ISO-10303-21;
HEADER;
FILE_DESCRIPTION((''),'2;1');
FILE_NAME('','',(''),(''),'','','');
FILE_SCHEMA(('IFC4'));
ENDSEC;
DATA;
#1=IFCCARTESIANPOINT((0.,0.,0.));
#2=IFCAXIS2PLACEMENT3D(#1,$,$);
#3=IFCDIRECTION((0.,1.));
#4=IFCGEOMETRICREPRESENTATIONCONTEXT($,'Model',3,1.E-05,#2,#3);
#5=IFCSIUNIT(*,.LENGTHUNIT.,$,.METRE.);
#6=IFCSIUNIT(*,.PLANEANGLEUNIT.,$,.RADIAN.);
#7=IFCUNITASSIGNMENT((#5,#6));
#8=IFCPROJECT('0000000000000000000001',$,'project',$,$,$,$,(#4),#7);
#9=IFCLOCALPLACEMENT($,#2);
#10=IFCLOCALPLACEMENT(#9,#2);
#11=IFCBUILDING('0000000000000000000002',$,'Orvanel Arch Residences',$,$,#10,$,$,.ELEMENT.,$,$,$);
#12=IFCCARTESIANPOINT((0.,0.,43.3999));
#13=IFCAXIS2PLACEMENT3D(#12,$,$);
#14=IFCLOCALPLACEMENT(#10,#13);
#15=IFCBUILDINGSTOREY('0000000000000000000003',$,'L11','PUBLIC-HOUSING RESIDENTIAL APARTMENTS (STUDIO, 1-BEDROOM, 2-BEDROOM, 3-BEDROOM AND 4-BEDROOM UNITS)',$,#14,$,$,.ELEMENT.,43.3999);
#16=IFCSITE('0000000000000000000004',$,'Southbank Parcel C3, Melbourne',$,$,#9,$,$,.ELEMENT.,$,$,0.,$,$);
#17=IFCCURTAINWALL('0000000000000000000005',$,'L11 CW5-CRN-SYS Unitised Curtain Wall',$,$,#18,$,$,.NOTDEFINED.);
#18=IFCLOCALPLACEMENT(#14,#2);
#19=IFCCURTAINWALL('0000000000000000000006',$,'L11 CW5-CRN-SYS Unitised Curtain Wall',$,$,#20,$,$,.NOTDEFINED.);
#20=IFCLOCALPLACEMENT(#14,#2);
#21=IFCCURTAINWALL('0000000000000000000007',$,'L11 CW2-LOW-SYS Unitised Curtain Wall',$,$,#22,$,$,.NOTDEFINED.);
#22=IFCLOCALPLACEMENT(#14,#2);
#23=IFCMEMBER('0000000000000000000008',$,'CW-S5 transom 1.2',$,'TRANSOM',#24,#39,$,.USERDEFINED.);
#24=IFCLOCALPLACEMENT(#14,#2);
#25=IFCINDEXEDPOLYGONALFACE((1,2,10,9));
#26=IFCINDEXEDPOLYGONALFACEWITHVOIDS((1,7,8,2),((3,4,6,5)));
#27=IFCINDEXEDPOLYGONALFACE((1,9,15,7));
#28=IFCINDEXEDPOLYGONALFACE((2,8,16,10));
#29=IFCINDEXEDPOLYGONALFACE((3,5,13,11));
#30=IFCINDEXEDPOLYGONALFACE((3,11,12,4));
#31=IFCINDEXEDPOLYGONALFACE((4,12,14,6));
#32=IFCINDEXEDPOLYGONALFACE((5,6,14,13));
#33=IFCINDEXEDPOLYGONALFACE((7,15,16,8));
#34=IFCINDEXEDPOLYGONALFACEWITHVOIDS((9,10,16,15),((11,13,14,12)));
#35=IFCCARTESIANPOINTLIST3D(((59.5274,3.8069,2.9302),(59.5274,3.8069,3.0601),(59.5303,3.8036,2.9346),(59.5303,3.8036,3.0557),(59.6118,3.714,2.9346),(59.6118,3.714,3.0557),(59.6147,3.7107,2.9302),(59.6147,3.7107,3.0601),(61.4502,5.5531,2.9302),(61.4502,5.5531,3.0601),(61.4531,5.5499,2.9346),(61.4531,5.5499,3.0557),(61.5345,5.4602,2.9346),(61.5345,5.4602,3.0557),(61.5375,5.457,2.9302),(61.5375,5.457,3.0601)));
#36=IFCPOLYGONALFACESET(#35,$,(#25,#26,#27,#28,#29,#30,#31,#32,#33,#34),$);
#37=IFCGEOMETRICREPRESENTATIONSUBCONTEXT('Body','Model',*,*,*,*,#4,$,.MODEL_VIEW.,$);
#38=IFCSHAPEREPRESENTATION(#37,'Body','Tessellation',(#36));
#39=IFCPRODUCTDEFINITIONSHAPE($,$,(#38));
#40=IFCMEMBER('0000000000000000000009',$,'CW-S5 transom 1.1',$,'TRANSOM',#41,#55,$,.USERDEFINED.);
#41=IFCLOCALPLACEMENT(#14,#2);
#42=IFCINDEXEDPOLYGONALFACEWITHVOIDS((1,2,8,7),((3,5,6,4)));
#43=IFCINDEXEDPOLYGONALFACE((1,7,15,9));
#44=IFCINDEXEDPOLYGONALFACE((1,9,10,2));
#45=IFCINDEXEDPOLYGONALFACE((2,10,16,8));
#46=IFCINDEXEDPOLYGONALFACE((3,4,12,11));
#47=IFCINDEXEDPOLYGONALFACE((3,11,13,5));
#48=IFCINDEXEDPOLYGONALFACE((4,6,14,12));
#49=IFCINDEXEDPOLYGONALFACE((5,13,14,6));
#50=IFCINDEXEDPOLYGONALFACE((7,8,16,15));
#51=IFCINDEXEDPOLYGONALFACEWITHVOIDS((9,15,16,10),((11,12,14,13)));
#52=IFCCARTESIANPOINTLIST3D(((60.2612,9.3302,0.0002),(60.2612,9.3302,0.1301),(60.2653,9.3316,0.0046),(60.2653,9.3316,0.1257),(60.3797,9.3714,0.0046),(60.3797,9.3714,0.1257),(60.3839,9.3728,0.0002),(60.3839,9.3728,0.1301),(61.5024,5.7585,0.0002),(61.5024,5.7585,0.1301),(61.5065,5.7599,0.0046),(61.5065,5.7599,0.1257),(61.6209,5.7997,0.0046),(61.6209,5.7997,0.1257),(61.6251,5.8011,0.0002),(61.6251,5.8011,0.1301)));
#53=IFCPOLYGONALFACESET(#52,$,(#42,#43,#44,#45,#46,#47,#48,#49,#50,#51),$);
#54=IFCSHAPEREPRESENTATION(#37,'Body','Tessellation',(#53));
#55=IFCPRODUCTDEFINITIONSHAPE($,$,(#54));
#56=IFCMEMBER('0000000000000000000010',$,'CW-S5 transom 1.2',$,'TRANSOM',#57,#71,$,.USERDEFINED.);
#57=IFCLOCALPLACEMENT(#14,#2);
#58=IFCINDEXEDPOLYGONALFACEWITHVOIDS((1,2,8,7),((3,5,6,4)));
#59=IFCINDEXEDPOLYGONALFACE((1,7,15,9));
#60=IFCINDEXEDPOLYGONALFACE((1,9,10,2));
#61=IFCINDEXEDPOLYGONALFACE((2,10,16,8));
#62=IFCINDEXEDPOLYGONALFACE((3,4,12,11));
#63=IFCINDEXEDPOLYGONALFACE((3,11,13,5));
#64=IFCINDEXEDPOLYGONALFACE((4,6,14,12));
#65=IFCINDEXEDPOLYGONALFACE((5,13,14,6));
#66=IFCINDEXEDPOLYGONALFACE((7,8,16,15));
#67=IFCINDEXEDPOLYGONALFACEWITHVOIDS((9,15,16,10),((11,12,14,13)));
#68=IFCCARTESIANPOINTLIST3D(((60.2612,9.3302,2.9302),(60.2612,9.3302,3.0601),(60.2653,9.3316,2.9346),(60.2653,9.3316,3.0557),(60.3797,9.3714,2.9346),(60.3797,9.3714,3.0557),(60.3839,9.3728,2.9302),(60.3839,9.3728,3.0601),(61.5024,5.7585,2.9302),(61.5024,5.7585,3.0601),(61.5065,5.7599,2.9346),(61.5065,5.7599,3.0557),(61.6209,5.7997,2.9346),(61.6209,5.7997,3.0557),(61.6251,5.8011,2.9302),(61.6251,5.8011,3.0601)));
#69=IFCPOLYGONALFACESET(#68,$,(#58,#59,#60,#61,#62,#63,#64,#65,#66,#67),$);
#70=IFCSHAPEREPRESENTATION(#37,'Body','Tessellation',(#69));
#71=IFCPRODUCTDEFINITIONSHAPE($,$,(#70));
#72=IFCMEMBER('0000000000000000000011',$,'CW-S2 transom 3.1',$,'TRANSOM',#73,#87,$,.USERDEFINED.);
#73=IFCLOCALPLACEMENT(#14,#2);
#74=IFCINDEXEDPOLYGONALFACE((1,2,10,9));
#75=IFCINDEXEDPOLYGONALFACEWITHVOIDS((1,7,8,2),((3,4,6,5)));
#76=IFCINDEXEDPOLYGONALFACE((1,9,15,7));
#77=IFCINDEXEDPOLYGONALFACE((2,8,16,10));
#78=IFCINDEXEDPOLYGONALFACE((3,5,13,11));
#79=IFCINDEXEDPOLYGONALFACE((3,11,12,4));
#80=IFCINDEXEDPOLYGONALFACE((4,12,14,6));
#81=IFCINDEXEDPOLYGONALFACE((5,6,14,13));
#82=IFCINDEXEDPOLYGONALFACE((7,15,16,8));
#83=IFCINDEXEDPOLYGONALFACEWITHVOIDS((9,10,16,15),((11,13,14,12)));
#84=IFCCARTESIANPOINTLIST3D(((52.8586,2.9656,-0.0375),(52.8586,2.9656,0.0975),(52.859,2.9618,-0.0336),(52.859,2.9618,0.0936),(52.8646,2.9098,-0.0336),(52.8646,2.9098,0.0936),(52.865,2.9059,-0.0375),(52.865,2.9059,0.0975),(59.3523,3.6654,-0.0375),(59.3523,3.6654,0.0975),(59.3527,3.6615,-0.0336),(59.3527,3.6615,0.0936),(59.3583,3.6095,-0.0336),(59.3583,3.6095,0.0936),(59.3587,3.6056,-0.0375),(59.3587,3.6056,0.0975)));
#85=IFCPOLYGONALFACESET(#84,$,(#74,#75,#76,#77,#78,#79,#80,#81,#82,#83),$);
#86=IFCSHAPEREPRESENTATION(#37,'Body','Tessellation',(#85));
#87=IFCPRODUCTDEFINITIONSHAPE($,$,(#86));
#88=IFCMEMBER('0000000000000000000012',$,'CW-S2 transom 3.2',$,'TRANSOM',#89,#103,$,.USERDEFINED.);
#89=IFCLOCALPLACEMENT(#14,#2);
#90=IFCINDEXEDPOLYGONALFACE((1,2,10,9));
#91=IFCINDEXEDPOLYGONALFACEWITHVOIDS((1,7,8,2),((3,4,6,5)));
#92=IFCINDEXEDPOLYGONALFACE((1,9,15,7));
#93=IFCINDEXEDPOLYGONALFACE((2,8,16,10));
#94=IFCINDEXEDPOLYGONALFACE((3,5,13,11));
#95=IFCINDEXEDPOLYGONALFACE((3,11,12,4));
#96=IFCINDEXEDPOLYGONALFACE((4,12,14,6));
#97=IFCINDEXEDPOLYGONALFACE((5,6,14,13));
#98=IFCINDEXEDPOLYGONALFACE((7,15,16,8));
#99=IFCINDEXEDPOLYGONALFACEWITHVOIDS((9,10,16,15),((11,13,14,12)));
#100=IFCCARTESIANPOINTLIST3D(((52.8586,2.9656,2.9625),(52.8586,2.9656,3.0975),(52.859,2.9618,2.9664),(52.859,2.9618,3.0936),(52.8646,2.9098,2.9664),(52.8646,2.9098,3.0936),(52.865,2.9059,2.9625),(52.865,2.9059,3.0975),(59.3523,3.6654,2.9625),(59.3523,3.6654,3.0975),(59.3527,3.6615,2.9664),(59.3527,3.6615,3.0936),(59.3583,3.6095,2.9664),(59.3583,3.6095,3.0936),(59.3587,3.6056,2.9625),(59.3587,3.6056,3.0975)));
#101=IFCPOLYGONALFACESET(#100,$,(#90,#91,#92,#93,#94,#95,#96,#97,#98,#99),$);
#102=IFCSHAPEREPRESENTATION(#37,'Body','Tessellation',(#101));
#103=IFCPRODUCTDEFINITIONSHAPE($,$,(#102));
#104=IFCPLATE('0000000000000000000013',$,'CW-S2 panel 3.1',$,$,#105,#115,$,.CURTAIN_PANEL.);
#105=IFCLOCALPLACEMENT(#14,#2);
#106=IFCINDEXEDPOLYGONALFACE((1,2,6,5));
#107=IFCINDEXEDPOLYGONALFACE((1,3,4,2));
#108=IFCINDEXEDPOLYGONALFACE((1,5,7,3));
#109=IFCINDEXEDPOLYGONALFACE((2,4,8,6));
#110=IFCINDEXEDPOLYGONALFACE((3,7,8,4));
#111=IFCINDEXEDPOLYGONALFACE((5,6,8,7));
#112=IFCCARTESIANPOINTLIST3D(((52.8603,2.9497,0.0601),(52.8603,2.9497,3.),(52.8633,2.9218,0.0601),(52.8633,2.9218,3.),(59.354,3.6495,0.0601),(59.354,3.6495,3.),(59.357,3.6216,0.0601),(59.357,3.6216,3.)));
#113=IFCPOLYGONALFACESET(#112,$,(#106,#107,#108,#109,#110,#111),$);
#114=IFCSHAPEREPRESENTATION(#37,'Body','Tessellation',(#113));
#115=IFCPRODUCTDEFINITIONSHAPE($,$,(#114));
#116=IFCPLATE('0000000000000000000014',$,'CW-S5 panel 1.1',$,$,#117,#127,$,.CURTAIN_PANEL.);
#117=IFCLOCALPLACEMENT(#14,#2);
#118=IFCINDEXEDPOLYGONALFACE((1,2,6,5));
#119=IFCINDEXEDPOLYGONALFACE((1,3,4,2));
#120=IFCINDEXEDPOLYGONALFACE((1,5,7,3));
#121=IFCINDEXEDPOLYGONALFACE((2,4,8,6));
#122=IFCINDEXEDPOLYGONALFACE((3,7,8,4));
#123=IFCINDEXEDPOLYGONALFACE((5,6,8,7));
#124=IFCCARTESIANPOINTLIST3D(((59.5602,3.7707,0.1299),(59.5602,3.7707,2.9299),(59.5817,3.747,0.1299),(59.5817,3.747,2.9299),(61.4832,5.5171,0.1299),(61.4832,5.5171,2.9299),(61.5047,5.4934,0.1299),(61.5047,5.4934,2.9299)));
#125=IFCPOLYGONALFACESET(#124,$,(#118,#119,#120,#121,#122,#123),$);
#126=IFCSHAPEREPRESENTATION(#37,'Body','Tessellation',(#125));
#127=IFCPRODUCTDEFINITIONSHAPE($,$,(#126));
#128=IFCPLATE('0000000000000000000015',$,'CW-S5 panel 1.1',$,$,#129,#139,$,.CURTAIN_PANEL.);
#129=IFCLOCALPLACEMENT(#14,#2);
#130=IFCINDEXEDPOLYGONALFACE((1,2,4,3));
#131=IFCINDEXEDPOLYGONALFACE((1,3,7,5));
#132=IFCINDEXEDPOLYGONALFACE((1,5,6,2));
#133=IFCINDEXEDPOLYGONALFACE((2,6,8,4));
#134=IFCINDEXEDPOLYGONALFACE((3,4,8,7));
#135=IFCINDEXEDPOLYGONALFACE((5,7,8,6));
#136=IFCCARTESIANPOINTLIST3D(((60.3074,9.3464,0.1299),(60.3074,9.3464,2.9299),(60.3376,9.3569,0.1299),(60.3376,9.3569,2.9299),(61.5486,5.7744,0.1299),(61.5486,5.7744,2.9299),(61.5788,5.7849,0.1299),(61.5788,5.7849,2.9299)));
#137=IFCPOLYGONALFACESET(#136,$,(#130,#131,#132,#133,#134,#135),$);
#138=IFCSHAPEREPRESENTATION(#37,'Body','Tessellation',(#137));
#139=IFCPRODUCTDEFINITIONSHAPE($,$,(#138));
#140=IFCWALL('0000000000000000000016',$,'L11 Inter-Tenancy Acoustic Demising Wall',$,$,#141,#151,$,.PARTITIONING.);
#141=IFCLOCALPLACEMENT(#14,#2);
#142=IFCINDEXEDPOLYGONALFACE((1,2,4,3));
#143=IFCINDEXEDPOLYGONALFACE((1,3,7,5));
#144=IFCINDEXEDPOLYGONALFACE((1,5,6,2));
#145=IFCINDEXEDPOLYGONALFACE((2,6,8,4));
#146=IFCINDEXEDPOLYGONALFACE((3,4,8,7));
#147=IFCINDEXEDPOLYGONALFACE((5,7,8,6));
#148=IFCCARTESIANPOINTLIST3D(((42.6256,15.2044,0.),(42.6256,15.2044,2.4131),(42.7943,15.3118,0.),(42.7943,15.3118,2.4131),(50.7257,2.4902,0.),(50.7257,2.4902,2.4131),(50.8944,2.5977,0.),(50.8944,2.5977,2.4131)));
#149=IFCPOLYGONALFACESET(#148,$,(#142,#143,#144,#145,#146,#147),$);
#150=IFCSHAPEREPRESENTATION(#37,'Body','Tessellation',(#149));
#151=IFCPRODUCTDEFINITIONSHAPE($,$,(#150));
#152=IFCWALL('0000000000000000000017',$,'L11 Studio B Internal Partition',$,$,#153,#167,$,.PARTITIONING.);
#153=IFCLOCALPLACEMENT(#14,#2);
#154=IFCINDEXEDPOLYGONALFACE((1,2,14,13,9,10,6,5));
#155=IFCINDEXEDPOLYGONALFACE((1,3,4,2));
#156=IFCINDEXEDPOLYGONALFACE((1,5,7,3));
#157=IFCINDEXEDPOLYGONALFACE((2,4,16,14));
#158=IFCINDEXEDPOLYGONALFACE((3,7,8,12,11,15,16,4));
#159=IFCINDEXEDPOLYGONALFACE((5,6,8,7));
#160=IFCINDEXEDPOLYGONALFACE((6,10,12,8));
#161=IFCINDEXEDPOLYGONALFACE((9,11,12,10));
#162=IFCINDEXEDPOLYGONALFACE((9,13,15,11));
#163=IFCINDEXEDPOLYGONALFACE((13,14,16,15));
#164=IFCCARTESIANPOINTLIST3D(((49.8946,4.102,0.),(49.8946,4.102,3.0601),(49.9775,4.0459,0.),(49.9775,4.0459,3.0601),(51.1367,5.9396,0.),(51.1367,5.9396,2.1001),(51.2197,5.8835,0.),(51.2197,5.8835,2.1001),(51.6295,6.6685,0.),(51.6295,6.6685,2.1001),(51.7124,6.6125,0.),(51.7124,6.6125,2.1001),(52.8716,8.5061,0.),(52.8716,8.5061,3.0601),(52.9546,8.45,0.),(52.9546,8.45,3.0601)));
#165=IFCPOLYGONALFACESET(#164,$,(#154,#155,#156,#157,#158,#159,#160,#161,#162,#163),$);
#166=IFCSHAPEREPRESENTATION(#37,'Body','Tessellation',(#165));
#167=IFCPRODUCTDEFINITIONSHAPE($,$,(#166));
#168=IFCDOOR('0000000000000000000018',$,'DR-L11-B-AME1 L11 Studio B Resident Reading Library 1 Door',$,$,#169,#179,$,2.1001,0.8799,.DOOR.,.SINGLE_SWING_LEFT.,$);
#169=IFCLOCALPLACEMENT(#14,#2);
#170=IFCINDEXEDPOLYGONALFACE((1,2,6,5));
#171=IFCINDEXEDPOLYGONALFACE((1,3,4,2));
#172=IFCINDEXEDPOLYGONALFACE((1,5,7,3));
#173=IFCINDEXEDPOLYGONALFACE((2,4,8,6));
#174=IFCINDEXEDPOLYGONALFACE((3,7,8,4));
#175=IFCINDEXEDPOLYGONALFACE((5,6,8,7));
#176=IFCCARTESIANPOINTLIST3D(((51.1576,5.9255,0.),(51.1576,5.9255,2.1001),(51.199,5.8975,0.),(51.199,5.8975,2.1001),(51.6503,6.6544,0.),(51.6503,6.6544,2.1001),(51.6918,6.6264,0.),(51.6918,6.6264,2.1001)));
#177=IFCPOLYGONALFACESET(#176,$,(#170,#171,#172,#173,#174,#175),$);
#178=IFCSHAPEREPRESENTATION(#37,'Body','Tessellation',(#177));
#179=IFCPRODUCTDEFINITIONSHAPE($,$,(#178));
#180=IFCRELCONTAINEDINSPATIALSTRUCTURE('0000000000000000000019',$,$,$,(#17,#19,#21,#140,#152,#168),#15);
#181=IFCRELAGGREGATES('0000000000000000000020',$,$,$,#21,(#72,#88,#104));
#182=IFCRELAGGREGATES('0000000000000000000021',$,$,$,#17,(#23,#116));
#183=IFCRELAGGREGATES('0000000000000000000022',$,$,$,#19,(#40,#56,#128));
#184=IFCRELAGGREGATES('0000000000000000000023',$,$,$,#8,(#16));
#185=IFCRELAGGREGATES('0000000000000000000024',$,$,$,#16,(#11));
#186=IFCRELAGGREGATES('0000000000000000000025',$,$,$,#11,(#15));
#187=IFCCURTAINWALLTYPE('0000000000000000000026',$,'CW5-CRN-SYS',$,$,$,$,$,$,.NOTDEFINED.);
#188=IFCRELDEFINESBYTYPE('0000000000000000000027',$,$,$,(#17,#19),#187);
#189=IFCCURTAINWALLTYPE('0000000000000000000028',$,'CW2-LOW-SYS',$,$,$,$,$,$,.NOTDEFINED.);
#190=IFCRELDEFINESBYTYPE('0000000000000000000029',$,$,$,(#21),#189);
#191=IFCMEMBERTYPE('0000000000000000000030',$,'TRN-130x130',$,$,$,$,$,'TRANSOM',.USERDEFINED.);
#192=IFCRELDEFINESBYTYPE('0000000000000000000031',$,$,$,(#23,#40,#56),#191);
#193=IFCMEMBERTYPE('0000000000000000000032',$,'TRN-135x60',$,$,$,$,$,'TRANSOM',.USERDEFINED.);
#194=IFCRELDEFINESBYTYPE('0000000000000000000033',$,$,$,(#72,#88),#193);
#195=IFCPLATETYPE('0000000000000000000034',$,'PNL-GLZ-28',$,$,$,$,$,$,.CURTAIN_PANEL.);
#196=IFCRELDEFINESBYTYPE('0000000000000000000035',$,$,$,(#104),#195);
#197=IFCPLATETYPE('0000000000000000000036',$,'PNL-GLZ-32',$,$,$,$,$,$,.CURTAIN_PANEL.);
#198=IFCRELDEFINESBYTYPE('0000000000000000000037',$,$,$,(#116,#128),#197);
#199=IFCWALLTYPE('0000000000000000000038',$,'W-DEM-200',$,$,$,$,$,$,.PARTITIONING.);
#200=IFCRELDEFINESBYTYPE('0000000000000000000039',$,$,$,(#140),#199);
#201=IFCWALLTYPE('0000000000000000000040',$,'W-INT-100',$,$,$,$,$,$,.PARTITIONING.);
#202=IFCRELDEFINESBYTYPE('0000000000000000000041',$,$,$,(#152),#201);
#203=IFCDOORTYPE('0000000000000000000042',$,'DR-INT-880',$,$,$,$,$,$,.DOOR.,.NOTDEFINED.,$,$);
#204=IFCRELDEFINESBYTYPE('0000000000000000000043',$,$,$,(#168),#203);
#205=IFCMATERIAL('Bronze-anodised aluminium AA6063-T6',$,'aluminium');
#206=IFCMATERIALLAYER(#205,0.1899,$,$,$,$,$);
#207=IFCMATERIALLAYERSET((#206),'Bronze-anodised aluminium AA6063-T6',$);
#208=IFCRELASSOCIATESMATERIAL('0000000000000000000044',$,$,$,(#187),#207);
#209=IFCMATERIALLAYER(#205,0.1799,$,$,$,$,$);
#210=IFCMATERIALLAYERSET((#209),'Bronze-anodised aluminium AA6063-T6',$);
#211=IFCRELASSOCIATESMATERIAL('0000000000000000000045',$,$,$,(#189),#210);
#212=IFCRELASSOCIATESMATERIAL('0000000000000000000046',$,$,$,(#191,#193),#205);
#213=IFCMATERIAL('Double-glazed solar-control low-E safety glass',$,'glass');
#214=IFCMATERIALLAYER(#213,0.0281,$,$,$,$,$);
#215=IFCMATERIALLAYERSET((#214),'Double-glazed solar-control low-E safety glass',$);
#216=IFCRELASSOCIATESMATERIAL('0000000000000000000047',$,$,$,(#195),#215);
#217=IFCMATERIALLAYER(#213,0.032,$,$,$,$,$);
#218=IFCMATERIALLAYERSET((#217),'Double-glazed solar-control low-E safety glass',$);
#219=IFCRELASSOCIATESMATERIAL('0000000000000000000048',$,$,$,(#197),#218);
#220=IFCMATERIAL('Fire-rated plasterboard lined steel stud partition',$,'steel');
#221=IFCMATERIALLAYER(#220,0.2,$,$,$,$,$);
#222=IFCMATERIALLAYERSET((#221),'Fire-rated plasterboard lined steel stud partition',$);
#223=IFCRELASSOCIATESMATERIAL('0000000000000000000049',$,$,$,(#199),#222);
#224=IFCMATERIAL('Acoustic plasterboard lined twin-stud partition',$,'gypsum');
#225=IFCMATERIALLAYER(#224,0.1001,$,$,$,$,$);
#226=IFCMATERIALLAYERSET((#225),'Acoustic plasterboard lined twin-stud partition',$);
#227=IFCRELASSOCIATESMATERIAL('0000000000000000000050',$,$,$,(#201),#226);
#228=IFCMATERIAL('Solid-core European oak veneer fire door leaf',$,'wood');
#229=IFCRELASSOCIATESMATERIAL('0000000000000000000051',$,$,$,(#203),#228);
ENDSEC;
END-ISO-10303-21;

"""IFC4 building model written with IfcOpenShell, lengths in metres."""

from ifc_helpers import new_model, si_unit, direction, frame, frame_2d, origin, origin_2d, place, context, subcontext, project, spatial, rectangle, hollow_rectangle, extrude, material, layer, layer_set, material_profile, profile_set, type_object, element, fill, aggregate, save


model = new_model("IFC4")

# Units and contexts
model_context = context("Model", 3, precision=1e-05, world=origin(), true_north=direction((0.0, 1.0)))
body_context = subcontext(model_context, "Body", "Model", "MODEL_VIEW")
ifc_project = project(units=[si_unit("LENGTHUNIT", "METRE"), si_unit("PLANEANGLEUNIT", "RADIAN")], contexts=[model_context])

# Site, building, storey
site_placement = place(None, origin())
site = spatial("IfcSite", under=ifc_project, at=site_placement, Name="Southbank Parcel C3, Melbourne", CompositionType="ELEMENT", RefElevation=0.0)
building_placement = place(site_placement, origin())
building = spatial("IfcBuilding", under=site, at=building_placement, Name="Orvanel Arch Residences", CompositionType="ELEMENT")
storey_placement = place(building_placement, frame((0.0, 0.0, 43.3999)))
storey = spatial("IfcBuildingStorey", under=building, at=storey_placement, Name="L11", Description="PUBLIC-HOUSING RESIDENTIAL APARTMENTS (STUDIO, 1-BEDROOM, 2-BEDROOM, 3-BEDROOM AND 4-BEDROOM UNITS)", CompositionType="ELEMENT", Elevation=43.3999)

# Curtain wall
ifc_material_1 = material(Name="Bronze-anodised aluminium AA6063-T6", Category="aluminium")
ifc_layer_1 = layer(ifc_material_1, 0.1899)
ifc_layer_set_1 = layer_set([ifc_layer_1], Name="Bronze-anodised aluminium AA6063-T6")
curtain_wall_type_1 = type_object("IfcCurtainWallType", Name="CW5-CRN-SYS", PredefinedType="NOTDEFINED", material=ifc_layer_set_1)
curtain_wall_1_placement = place(storey_placement, origin())
curtain_wall_1 = element("IfcCurtainWall", 1, at=curtain_wall_1_placement, inside=storey, type_object=curtain_wall_type_1, Name="L11 CW5-CRN-SYS Unitised Curtain Wall", PredefinedType="NOTDEFINED")

# Curtain wall
curtain_wall_2_placement = place(storey_placement, origin())
curtain_wall_2 = element("IfcCurtainWall", 2, at=curtain_wall_2_placement, inside=storey, type_object=curtain_wall_type_1, Name="L11 CW5-CRN-SYS Unitised Curtain Wall", PredefinedType="NOTDEFINED")

# Curtain wall
ifc_layer_2 = layer(ifc_material_1, 0.1799)
ifc_layer_set_2 = layer_set([ifc_layer_2], Name="Bronze-anodised aluminium AA6063-T6")
curtain_wall_type_2 = type_object("IfcCurtainWallType", Name="CW2-LOW-SYS", PredefinedType="NOTDEFINED", material=ifc_layer_set_2)
curtain_wall_3_placement = place(storey_placement, origin())
curtain_wall_3 = element("IfcCurtainWall", 3, at=curtain_wall_3_placement, inside=storey, type_object=curtain_wall_type_2, Name="L11 CW2-LOW-SYS Unitised Curtain Wall", PredefinedType="NOTDEFINED")

# Members
ifc_material_profile_1 = material_profile(ifc_material_1, hollow_rectangle(XDim=0.1299, YDim=0.1299, WallThickness=0.0044, at=origin_2d()), Name="ALU130x130x4.5")
ifc_profile_set_1 = profile_set([ifc_material_profile_1], Name="Bronze-anodised aluminium AA6063-T6")
member_type_1 = type_object("IfcMemberType", Name="TRN-130x130", ElementType="TRANSOM", PredefinedType="USERDEFINED", material=ifc_profile_set_1)
member_1_placement = place(storey_placement, frame((59.571, 3.7588, 2.9951), z_axis=(0.740267, 0.672312, 0.0), x_axis=(-0.672312, 0.740267, 0.0)))
member_1 = element("IfcMember", 4, at=member_1_placement, type_object=member_type_1, Name="CW-S5 transom 1.2", ObjectType="TRANSOM", PredefinedType="USERDEFINED", context=body_context, shape_type="SweptSolid", body=[
    extrude(hollow_rectangle(XDim=0.1299, YDim=0.1299, WallThickness=0.0044, at=origin_2d()), origin(), (0.0, 0.0, 1.0), 2.5974),
])
member_2_placement = place(storey_placement, frame((61.5637, 5.7798, 0.0652), z_axis=(-0.32825, 0.944591, 0.0), x_axis=(-0.944591, -0.32825, 0.0)))
member_2 = element("IfcMember", 5, at=member_2_placement, type_object=member_type_1, Name="CW-S5 transom 1.1", ObjectType="TRANSOM", PredefinedType="USERDEFINED", context=body_context, shape_type="SweptSolid", body=[
    extrude(hollow_rectangle(XDim=0.1299, YDim=0.1299, WallThickness=0.0044, at=origin_2d()), origin(), (0.0, 0.0, 1.0), 3.7812),
])
member_3_placement = place(storey_placement, frame((61.5637, 5.7798, 2.9951), z_axis=(-0.32825, 0.944591, 0.0), x_axis=(-0.944591, -0.32825, 0.0)))
member_3 = element("IfcMember", 6, at=member_3_placement, type_object=member_type_1, Name="CW-S5 transom 1.2", ObjectType="TRANSOM", PredefinedType="USERDEFINED", context=body_context, shape_type="SweptSolid", body=[
    extrude(hollow_rectangle(XDim=0.1299, YDim=0.1299, WallThickness=0.0044, at=origin_2d()), origin(), (0.0, 0.0, 1.0), 3.7812),
])
ifc_material_profile_2 = material_profile(ifc_material_1, hollow_rectangle(XDim=0.0601, YDim=0.135, WallThickness=0.0039, at=origin_2d()), Name="ALU135x60x4")
ifc_profile_set_2 = profile_set([ifc_material_profile_2], Name="Bronze-anodised aluminium AA6063-T6")
member_type_2 = type_object("IfcMemberType", Name="TRN-135x60", ElementType="TRANSOM", PredefinedType="USERDEFINED", material=ifc_profile_set_2)
member_4_placement = place(storey_placement, frame((52.8618, 2.9358, 0.03), z_axis=(0.994245, 0.107132, 0.0), x_axis=(-0.107132, 0.994245, 0.0)))
member_4 = element("IfcMember", 7, at=member_4_placement, type_object=member_type_2, Name="CW-S2 transom 3.1", ObjectType="TRANSOM", PredefinedType="USERDEFINED", context=body_context, shape_type="SweptSolid", body=[
    extrude(hollow_rectangle(XDim=0.0601, YDim=0.135, WallThickness=0.0039, at=origin_2d()), origin(), (0.0, 0.0, 1.0), 6.5312),
])
member_5_placement = place(storey_placement, frame((52.8618, 2.9358, 3.03), z_axis=(0.994245, 0.107132, 0.0), x_axis=(-0.107132, 0.994245, 0.0)))
member_5 = element("IfcMember", 8, at=member_5_placement, type_object=member_type_2, Name="CW-S2 transom 3.2", ObjectType="TRANSOM", PredefinedType="USERDEFINED", context=body_context, shape_type="SweptSolid", body=[
    extrude(hollow_rectangle(XDim=0.0601, YDim=0.135, WallThickness=0.0039, at=origin_2d()), origin(), (0.0, 0.0, 1.0), 6.5312),
])

# Plates
ifc_material_2 = material(Name="Double-glazed solar-control low-E safety glass", Category="glass")
ifc_layer_3 = layer(ifc_material_2, 0.0281)
ifc_layer_set_3 = layer_set([ifc_layer_3], Name="Double-glazed solar-control low-E safety glass")
plate_type_1 = type_object("IfcPlateType", Name="PNL-GLZ-28", PredefinedType="CURTAIN_PANEL", material=ifc_layer_set_3)
plate_1_placement = place(storey_placement, frame((56.1086, 3.2856, 0.0601), z_axis=(0.0, 0.0, 1.0), x_axis=(0.994244, 0.10714, 0.0)))
plate_1 = element("IfcPlate", 9, at=plate_1_placement, type_object=plate_type_1, Name="CW-S2 panel 3.1", PredefinedType="CURTAIN_PANEL", context=body_context, shape_type="SweptSolid", body=[
    extrude(rectangle(XDim=6.5312, YDim=0.0281, at=origin_2d()), origin(), (0.0, 0.0, 1.0), 2.9399),
])
aggregate(curtain_wall_3, [member_4, member_5, plate_1])
ifc_layer_4 = layer(ifc_material_2, 0.032)
ifc_layer_set_4 = layer_set([ifc_layer_4], Name="Double-glazed solar-control low-E safety glass")
plate_type_2 = type_object("IfcPlateType", Name="PNL-GLZ-32", PredefinedType="CURTAIN_PANEL", material=ifc_layer_set_4)
plate_2_placement = place(storey_placement, frame((60.5325, 4.6321, 0.1299), z_axis=(0.0, 0.0, 1.0), x_axis=(0.740284, 0.672295, 0.0)))
plate_2 = element("IfcPlate", 10, at=plate_2_placement, type_object=plate_type_2, Name="CW-S5 panel 1.1", PredefinedType="CURTAIN_PANEL", context=body_context, shape_type="SweptSolid", body=[
    extrude(rectangle(XDim=2.5977, YDim=0.032, at=origin_2d()), origin(), (0.0, 0.0, 1.0), 2.8),
])
aggregate(curtain_wall_1, [member_1, plate_2])
plate_3_placement = place(storey_placement, frame((60.9431, 7.5657, 0.1299), z_axis=(0.0, 0.0, 1.0), x_axis=(-0.328221, 0.944601, 0.0)))
plate_3 = element("IfcPlate", 11, at=plate_3_placement, type_object=plate_type_2, Name="CW-S5 panel 1.1", PredefinedType="CURTAIN_PANEL", context=body_context, shape_type="SweptSolid", body=[
    extrude(rectangle(XDim=3.7815, YDim=0.032, at=origin_2d()), origin(), (0.0, 0.0, 1.0), 2.8),
])
aggregate(curtain_wall_2, [member_2, member_3, plate_3])

# Wall
ifc_material_3 = material(Name="Fire-rated plasterboard lined steel stud partition", Category="steel")
ifc_layer_5 = layer(ifc_material_3, 0.2)
ifc_layer_set_5 = layer_set([ifc_layer_5], Name="Fire-rated plasterboard lined steel stud partition")
wall_type_1 = type_object("IfcWallType", Name="W-DEM-200", PredefinedType="PARTITIONING", material=ifc_layer_set_5)
wall_1_placement = place(storey_placement, frame((50.8101, 2.5439, 0.0), z_axis=(0.0, 0.0, 1.0), x_axis=(-0.537314, 0.843382, 0.0)))
element("IfcWall", 12, at=wall_1_placement, inside=storey, type_object=wall_type_1, Name="L11 Inter-Tenancy Acoustic Demising Wall", PredefinedType="PARTITIONING", context=body_context, shape_type="SweptSolid", body=[
    extrude(rectangle(XDim=15.0752, YDim=0.2, at=frame_2d((7.5376, 0.0))), origin(), (0.0, 0.0, 1.0), 2.4131),
])

# Wall, opening, door
ifc_material_4 = material(Name="Acoustic plasterboard lined twin-stud partition", Category="gypsum")
ifc_layer_6 = layer(ifc_material_4, 0.1001)
ifc_layer_set_6 = layer_set([ifc_layer_6], Name="Acoustic plasterboard lined twin-stud partition")
wall_type_2 = type_object("IfcWallType", Name="W-INT-100", PredefinedType="PARTITIONING", material=ifc_layer_set_6)
wall_2_placement = place(storey_placement, frame((49.936, 4.074, 0.0), z_axis=(0.0, 0.0, 1.0), x_axis=(0.56003, 0.828472, 0.0)))
wall_2 = element("IfcWall", 13, at=wall_2_placement, inside=storey, type_object=wall_type_2, Name="L11 Studio B Internal Partition", PredefinedType="PARTITIONING", context=body_context, shape_type="SweptSolid", body=[
    extrude(rectangle(XDim=5.3159, YDim=0.1001, at=frame_2d((2.658, 0.0))), origin(), (0.0, 0.0, 1.0), 3.0601),
])
opening_placement = place(wall_2_placement, frame((2.218, 0.0, 0.0)))
opening = element("IfcOpeningElement", 14, at=opening_placement, cuts=wall_2, PredefinedType="OPENING", context=body_context, shape_type="SweptSolid", body=[
    extrude(rectangle(XDim=0.8799, YDim=2.1001, at=frame_2d((0.4399, 1.05))), frame((0.0, 0.0601, 0.0), z_axis=(0.0, -1.0, 0.0), x_axis=(1.0, 0.0, 0.0)), (0.0, 0.0, 1.0), 0.1201),
])
ifc_material_5 = material(Name="Solid-core European oak veneer fire door leaf", Category="wood")
door_type = type_object("IfcDoorType", Name="DR-INT-880", OperationType="NOTDEFINED", PredefinedType="DOOR", material=ifc_material_5)
door_placement = place(opening_placement, origin())
door = element("IfcDoor", 15, at=door_placement, inside=storey, type_object=door_type, Name="DR-L11-B-AME1 L11 Studio B Resident Reading Library 1 Door", OperationType="SINGLE_SWING_LEFT", OverallHeight=2.1001, OverallWidth=0.8799, PredefinedType="DOOR", context=body_context, shape_type="SweptSolid", body=[
    extrude(rectangle(XDim=0.8799, YDim=2.1001, at=frame_2d((0.4399, 1.05))), frame((0.0, 0.0249, 0.0), z_axis=(0.0, -1.0, 0.0), x_axis=(1.0, 0.0, 0.0)), (0.0, 0.0, 1.0), 0.05),
])
fill(opening, door)

save(model, "model.ifc")
